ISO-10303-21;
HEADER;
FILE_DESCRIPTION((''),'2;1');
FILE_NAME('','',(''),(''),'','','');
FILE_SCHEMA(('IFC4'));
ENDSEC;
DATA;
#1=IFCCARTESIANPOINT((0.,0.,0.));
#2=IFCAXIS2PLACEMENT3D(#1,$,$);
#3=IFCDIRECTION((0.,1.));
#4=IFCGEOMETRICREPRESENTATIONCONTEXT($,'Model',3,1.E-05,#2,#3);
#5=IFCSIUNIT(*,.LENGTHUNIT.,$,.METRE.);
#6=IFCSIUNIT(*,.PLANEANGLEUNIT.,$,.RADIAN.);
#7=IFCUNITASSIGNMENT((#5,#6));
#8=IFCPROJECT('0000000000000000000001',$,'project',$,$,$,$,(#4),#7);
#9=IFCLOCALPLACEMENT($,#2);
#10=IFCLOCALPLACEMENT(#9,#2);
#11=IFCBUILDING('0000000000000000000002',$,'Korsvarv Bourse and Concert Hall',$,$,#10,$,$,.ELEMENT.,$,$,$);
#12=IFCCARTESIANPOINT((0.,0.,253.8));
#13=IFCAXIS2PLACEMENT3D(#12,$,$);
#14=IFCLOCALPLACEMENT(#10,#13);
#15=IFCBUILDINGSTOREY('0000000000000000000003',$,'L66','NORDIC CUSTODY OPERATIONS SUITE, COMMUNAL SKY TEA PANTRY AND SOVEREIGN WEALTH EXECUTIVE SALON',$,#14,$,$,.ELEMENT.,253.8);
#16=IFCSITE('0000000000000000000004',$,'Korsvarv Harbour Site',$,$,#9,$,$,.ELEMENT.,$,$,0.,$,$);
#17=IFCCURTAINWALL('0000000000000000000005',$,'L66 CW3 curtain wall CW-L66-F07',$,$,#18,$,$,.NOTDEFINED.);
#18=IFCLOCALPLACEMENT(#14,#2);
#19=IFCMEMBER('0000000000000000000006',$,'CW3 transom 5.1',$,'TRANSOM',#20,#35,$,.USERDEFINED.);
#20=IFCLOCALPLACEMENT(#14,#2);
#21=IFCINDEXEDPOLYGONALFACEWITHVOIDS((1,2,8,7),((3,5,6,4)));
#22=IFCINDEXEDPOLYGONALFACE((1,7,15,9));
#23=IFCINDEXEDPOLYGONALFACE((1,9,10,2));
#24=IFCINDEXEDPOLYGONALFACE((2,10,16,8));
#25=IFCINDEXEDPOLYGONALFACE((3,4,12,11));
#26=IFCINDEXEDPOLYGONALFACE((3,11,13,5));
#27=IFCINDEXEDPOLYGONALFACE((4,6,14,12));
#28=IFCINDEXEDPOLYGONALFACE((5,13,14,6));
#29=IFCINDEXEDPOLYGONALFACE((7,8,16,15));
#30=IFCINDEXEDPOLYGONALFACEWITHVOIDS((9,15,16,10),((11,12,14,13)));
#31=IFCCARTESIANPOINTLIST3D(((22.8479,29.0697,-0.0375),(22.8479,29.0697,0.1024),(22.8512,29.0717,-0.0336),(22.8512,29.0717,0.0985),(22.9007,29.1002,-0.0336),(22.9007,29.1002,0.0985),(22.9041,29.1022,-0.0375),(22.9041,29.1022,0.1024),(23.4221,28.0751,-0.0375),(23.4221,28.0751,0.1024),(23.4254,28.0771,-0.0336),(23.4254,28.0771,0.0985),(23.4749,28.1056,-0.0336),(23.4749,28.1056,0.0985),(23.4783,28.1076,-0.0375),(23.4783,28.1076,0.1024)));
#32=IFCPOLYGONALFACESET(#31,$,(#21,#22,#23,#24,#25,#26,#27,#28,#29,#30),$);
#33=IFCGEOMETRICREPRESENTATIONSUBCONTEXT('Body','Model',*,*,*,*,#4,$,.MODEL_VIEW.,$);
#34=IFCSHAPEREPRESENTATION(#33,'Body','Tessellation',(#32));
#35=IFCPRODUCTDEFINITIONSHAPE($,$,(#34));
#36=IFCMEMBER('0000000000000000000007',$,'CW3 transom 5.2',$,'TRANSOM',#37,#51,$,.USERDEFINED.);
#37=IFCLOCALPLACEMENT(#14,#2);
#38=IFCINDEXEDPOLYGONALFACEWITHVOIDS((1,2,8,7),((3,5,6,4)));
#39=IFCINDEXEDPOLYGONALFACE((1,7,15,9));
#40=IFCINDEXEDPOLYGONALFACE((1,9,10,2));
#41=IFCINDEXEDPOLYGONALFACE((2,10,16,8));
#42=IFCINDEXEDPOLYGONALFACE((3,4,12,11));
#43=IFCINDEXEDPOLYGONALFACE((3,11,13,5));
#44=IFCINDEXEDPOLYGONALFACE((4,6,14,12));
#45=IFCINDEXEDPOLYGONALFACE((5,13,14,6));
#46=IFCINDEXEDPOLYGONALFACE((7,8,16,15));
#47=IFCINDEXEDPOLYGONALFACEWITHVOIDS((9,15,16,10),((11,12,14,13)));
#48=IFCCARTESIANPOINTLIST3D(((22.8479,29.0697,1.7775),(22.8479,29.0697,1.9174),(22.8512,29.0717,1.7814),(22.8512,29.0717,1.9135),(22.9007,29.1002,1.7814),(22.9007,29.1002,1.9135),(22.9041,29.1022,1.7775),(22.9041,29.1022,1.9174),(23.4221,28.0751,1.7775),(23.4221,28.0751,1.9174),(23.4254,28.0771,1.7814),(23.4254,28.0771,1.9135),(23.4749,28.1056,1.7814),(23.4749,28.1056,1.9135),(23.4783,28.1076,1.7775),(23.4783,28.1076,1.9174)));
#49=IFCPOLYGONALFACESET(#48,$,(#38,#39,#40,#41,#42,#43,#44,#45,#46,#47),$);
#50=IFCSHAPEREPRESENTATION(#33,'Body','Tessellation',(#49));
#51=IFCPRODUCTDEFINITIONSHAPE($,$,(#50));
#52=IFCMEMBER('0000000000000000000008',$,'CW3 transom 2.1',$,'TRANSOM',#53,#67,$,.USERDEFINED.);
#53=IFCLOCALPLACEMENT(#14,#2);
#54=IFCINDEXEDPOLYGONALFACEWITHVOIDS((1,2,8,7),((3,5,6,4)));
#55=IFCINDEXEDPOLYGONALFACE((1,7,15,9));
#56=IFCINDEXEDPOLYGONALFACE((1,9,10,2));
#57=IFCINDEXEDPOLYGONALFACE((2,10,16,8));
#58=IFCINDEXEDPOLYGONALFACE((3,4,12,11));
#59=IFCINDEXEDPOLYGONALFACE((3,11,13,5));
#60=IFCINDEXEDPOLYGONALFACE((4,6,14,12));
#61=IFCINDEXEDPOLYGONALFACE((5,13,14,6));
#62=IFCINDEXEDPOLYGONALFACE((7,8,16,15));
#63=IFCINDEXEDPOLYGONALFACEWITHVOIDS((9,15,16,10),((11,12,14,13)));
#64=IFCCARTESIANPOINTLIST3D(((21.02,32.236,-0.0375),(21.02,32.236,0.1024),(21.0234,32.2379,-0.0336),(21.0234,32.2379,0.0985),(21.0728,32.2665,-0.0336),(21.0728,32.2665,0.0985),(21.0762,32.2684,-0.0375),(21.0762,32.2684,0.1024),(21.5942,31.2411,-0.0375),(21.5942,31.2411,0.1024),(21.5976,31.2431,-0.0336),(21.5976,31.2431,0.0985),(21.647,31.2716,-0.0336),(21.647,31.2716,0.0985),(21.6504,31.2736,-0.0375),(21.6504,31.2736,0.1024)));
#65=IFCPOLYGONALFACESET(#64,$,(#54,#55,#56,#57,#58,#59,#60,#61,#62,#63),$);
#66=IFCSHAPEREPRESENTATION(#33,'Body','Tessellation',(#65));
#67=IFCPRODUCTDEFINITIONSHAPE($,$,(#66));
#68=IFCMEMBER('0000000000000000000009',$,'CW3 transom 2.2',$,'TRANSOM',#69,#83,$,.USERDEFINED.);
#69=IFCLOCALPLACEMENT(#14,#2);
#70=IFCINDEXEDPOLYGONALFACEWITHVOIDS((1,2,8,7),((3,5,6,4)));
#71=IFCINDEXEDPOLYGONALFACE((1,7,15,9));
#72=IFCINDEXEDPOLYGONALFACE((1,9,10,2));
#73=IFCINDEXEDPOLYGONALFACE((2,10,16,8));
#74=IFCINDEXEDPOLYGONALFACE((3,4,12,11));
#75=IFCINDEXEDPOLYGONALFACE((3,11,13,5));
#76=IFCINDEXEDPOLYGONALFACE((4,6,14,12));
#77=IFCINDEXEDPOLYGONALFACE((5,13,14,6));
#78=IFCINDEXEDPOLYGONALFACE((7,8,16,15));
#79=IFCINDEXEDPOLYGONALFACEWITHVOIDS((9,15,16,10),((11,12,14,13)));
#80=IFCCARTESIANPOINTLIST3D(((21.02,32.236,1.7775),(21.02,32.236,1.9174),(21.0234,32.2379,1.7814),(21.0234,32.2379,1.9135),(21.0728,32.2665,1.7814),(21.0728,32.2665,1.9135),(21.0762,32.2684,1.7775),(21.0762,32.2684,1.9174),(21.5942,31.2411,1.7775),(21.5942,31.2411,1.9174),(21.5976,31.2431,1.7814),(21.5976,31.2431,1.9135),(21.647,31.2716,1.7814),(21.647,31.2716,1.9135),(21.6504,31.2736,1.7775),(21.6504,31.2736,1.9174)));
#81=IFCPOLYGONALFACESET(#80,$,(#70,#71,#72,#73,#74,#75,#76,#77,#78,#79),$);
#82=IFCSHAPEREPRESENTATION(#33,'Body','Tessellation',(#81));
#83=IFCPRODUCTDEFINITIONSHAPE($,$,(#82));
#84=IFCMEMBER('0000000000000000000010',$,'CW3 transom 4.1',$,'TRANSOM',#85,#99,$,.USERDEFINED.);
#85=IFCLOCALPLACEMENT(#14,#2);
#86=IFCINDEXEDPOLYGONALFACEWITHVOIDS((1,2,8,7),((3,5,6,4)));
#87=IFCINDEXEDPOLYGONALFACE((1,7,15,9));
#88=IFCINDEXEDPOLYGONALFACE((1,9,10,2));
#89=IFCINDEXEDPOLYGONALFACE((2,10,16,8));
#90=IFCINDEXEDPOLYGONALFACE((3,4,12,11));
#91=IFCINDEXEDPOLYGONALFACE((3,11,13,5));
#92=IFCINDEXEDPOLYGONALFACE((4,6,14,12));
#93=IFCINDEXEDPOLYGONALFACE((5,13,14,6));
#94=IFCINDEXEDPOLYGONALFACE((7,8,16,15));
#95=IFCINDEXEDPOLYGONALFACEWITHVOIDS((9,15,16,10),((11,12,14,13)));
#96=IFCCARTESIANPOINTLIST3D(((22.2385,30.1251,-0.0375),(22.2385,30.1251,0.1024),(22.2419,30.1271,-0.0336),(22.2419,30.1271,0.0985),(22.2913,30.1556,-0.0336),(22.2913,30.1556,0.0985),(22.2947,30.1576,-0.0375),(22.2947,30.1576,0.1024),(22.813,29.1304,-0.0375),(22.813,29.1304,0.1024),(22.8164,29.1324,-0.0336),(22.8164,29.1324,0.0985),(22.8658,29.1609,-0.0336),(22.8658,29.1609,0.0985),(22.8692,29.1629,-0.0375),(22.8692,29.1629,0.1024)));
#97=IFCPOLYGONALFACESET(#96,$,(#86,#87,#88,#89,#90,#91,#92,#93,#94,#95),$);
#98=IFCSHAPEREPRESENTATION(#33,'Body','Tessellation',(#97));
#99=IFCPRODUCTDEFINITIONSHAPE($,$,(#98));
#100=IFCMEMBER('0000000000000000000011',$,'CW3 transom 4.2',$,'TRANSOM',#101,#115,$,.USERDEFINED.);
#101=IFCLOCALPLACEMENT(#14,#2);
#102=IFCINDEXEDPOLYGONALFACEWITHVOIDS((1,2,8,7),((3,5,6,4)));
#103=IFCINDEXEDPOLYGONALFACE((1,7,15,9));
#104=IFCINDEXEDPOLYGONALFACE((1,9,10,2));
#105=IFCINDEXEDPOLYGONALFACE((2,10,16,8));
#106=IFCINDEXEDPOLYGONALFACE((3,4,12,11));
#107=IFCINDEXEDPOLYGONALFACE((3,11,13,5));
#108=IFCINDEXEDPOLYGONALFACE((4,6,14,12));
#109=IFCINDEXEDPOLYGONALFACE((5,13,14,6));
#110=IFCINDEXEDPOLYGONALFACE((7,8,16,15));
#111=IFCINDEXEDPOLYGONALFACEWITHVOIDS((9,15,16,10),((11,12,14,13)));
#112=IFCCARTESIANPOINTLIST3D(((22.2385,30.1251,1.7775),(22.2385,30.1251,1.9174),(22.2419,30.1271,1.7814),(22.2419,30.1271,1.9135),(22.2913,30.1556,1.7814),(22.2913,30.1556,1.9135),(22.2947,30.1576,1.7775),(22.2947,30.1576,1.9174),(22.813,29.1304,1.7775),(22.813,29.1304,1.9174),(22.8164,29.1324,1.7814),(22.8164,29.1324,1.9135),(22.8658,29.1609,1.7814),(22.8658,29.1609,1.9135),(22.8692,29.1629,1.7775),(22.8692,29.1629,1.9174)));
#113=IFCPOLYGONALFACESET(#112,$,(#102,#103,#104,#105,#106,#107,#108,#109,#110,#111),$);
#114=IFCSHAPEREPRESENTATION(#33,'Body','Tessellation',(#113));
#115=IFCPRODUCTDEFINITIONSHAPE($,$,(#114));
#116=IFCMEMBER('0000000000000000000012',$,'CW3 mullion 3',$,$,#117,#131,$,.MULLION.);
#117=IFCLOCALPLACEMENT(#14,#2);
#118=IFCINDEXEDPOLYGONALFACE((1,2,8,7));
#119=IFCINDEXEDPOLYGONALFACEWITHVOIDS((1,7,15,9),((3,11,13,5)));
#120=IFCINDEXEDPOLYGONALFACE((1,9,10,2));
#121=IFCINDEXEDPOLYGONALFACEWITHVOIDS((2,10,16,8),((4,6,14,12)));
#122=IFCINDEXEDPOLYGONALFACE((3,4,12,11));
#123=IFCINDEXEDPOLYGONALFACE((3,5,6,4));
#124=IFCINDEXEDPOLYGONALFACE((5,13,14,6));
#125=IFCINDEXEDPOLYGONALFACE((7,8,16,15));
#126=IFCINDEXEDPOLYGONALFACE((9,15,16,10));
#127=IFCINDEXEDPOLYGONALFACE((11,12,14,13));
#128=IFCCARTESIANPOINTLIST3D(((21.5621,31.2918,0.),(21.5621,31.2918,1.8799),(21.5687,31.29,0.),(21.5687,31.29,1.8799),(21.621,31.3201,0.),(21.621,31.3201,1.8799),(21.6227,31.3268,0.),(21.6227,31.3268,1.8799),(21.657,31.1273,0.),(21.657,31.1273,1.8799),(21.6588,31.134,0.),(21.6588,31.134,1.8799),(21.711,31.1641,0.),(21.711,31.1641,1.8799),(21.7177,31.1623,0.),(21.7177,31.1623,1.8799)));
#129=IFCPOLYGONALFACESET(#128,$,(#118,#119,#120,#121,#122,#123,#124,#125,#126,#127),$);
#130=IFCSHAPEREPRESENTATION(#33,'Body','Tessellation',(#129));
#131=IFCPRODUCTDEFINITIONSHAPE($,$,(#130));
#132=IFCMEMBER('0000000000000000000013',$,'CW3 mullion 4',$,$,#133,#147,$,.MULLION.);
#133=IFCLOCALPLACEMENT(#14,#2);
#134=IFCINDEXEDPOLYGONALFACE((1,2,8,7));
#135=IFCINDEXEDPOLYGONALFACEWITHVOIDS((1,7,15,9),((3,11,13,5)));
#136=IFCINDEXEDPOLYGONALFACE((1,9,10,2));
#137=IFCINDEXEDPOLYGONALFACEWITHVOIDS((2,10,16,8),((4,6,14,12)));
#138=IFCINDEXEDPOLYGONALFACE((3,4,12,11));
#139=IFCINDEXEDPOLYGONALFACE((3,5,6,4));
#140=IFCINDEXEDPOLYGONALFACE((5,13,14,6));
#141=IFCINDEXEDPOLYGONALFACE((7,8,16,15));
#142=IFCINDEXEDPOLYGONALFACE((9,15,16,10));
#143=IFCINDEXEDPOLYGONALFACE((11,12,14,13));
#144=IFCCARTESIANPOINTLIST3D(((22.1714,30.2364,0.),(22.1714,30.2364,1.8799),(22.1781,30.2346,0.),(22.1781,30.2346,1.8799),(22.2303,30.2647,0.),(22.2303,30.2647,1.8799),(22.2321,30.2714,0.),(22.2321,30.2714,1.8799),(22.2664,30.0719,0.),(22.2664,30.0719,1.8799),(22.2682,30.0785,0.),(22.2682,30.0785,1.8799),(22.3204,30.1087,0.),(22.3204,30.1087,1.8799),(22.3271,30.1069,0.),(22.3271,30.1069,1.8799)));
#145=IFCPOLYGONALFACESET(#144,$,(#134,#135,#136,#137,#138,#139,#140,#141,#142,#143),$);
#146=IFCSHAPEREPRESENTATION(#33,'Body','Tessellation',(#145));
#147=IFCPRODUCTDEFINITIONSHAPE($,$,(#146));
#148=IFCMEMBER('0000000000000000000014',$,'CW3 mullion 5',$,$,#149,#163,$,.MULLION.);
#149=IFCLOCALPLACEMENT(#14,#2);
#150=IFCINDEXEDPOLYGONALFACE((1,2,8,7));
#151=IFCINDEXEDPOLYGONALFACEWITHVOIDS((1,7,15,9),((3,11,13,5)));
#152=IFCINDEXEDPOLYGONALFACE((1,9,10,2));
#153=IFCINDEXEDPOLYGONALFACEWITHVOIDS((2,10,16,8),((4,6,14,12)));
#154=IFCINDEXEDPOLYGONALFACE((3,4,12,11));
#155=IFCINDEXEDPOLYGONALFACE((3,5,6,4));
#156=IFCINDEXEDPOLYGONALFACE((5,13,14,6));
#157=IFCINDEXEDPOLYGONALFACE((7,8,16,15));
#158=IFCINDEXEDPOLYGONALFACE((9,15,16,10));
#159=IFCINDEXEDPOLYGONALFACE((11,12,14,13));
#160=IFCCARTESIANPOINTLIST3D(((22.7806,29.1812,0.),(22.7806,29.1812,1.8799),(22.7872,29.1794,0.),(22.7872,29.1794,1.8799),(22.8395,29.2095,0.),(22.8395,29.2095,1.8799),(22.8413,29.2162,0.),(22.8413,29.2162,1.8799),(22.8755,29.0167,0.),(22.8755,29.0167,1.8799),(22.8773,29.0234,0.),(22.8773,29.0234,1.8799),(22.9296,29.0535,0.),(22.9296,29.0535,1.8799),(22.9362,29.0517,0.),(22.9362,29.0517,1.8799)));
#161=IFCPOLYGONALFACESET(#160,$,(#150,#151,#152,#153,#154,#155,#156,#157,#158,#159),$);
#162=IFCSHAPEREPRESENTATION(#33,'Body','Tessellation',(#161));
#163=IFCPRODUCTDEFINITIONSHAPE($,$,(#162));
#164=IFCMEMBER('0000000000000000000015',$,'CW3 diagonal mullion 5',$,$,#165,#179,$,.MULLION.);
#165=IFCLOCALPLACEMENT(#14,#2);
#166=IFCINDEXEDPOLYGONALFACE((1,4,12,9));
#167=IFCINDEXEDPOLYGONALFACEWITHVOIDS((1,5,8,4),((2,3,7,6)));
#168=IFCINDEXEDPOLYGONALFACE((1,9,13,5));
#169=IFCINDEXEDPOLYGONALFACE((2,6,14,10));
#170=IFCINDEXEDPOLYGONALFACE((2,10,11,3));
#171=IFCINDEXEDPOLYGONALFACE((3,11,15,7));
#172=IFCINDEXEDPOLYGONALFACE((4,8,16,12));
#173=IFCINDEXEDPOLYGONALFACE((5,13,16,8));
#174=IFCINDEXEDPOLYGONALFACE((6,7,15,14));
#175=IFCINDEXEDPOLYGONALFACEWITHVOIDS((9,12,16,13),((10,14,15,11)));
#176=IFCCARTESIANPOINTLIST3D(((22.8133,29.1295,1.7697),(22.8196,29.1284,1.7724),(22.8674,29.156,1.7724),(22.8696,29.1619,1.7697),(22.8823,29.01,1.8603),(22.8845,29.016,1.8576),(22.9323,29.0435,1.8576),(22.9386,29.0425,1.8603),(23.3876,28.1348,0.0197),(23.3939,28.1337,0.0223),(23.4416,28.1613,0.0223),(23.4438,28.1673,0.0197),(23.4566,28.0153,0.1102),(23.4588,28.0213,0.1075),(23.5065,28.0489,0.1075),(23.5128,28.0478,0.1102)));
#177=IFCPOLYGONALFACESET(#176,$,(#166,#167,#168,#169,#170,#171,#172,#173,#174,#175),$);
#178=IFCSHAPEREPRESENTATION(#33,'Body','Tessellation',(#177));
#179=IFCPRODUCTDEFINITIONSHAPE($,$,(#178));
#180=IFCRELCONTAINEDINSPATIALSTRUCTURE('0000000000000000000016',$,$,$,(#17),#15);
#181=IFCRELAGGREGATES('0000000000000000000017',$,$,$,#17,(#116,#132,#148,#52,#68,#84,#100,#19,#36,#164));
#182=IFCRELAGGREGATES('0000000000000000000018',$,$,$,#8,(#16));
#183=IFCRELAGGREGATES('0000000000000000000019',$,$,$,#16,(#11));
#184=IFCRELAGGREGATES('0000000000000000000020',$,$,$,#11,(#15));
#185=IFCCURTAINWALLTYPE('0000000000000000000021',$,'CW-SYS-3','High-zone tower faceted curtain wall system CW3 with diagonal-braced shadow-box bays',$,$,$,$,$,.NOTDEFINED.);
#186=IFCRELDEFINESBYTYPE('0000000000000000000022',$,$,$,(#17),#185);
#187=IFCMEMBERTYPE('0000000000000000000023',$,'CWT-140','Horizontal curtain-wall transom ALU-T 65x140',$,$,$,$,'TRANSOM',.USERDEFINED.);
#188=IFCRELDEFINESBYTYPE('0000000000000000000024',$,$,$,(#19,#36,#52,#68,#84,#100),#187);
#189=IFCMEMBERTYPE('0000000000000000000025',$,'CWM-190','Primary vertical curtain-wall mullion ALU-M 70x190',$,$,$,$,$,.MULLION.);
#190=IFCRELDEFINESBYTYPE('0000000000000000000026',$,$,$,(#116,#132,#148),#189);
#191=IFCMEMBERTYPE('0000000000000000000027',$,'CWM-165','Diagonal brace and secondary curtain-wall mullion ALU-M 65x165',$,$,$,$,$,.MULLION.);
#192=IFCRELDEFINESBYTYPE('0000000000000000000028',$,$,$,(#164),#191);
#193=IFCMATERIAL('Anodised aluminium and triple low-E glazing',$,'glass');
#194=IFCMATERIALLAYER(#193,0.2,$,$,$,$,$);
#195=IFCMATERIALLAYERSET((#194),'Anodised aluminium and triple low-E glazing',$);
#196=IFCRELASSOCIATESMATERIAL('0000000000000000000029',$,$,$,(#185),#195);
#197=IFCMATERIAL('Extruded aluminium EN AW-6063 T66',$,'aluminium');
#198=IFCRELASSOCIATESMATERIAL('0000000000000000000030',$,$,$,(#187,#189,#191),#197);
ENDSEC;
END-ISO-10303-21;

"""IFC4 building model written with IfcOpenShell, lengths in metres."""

from ifc_helpers import new_model, si_unit, direction, frame, origin, origin_2d, place, context, subcontext, project, spatial, hollow_rectangle, extrude, source, transform, mapped, material, layer, layer_set, material_profile, profile_set, type_object, element, aggregate, save


model = new_model("IFC4")

# Units and contexts
model_context = context("Model", 3, precision=1e-05, world=origin(), true_north=direction((0.0, 1.0)))
body_context = subcontext(model_context, "Body", "Model", "MODEL_VIEW")
ifc_project = project(units=[si_unit("LENGTHUNIT", "METRE"), si_unit("PLANEANGLEUNIT", "RADIAN")], contexts=[model_context])

# Site, building, storey
site_placement = place(None, origin())
site = spatial("IfcSite", under=ifc_project, at=site_placement, Name="Korsvarv Harbour Site", CompositionType="ELEMENT", RefElevation=0.0)
building_placement = place(site_placement, origin())
building = spatial("IfcBuilding", under=site, at=building_placement, Name="Korsvarv Bourse and Concert Hall", CompositionType="ELEMENT")
storey_placement = place(building_placement, frame((0.0, 0.0, 253.8)))
storey = spatial("IfcBuildingStorey", under=building, at=storey_placement, Name="L66", Description="NORDIC CUSTODY OPERATIONS SUITE, COMMUNAL SKY TEA PANTRY AND SOVEREIGN WEALTH EXECUTIVE SALON", CompositionType="ELEMENT", Elevation=253.8)

# Curtain wall, members
ifc_material_1 = material(Name="Anodised aluminium and triple low-E glazing", Category="glass")
ifc_layer_1 = layer(ifc_material_1, 0.2)
ifc_layer_set_1 = layer_set([ifc_layer_1], Name="Anodised aluminium and triple low-E glazing")
curtain_wall_type = type_object("IfcCurtainWallType", Name="CW-SYS-3", Description="High-zone tower faceted curtain wall system CW3 with diagonal-braced shadow-box bays", PredefinedType="NOTDEFINED", material=ifc_layer_set_1)
curtain_wall_placement = place(storey_placement, origin())
curtain_wall = element("IfcCurtainWall", 1, at=curtain_wall_placement, inside=storey, type_object=curtain_wall_type, Name="L66 CW3 curtain wall CW-L66-F07", PredefinedType="NOTDEFINED")
ifc_material_2 = material(Name="Extruded aluminium EN AW-6063 T66", Category="aluminium")
ifc_material_profile_1 = material_profile(ifc_material_2, hollow_rectangle(XDim=0.0649, YDim=0.1399, WallThickness=0.0039, at=origin_2d()), Name="ALU-T 65x140")
ifc_profile_set_1 = profile_set([ifc_material_profile_1], Name="Extruded aluminium EN AW-6063 T66")
member_type_1 = type_object("IfcMemberType", Name="CWT-140", Description="Horizontal curtain-wall transom ALU-T 65x140", ElementType="TRANSOM", PredefinedType="USERDEFINED", material=ifc_profile_set_1)
shared_shape_1 = source(origin(), body_context, "Body", "SweptSolid", [
    extrude(hollow_rectangle(XDim=0.0649, YDim=0.1399, WallThickness=0.0039, at=origin_2d()), origin(), (0.0, 0.0, 1.0), 1.1484),
])
member_1_placement = place(storey_placement, frame((22.876, 29.0859, 0.0325), z_axis=(0.49998, -0.866037, 0.0), x_axis=(0.866037, 0.49998, 0.0)))
member_1 = element("IfcMember", 2, at=member_1_placement, type_object=member_type_1, Name="CW3 transom 5.1", ObjectType="TRANSOM", PredefinedType="USERDEFINED", context=body_context, shape_type="MappedRepresentation", body=[
    mapped(shared_shape_1, transform((0.0, 0.0, 0.0), scale=1.0)),
])
member_2_placement = place(storey_placement, frame((22.876, 29.0859, 1.8474), z_axis=(0.49998, -0.866037, 0.0), x_axis=(0.866037, 0.49998, 0.0)))
member_2 = element("IfcMember", 3, at=member_2_placement, type_object=member_type_1, Name="CW3 transom 5.2", ObjectType="TRANSOM", PredefinedType="USERDEFINED", context=body_context, shape_type="MappedRepresentation", body=[
    mapped(shared_shape_1, transform((0.0, 0.0, 0.0), scale=1.0)),
])
shared_shape_2 = source(origin(), body_context, "Body", "SweptSolid", [
    extrude(hollow_rectangle(XDim=0.0649, YDim=0.1399, WallThickness=0.0039, at=origin_2d()), origin(), (0.0, 0.0, 1.0), 1.1487),
])
member_3_placement = place(storey_placement, frame((21.0481, 32.2522, 0.0325), z_axis=(0.499888, -0.86609, 0.0), x_axis=(0.86609, 0.499888, 0.0)))
member_3 = element("IfcMember", 4, at=member_3_placement, type_object=member_type_1, Name="CW3 transom 2.1", ObjectType="TRANSOM", PredefinedType="USERDEFINED", context=body_context, shape_type="MappedRepresentation", body=[
    mapped(shared_shape_2, transform((0.0, 0.0, 0.0), scale=1.0)),
])
member_4_placement = place(storey_placement, frame((21.0481, 32.2522, 1.8474), z_axis=(0.499888, -0.86609, 0.0), x_axis=(0.86609, 0.499888, 0.0)))
member_4 = element("IfcMember", 5, at=member_4_placement, type_object=member_type_1, Name="CW3 transom 2.2", ObjectType="TRANSOM", PredefinedType="USERDEFINED", context=body_context, shape_type="MappedRepresentation", body=[
    mapped(shared_shape_2, transform((0.0, 0.0, 0.0), scale=1.0)),
])
member_5_placement = place(storey_placement, frame((22.2666, 30.1414, 0.0325), z_axis=(0.500139, -0.865945, 0.0), x_axis=(0.865945, 0.500139, 0.0)))
member_5 = element("IfcMember", 6, at=member_5_placement, type_object=member_type_1, Name="CW3 transom 4.1", ObjectType="TRANSOM", PredefinedType="USERDEFINED", context=body_context, shape_type="MappedRepresentation", body=[
    mapped(shared_shape_2, transform((0.0, 0.0, 0.0), scale=1.0)),
])
member_6_placement = place(storey_placement, frame((22.2666, 30.1414, 1.8474), z_axis=(0.500139, -0.865945, 0.0), x_axis=(0.865945, 0.500139, 0.0)))
member_6 = element("IfcMember", 7, at=member_6_placement, type_object=member_type_1, Name="CW3 transom 4.2", ObjectType="TRANSOM", PredefinedType="USERDEFINED", context=body_context, shape_type="MappedRepresentation", body=[
    mapped(shared_shape_2, transform((0.0, 0.0, 0.0), scale=1.0)),
])
ifc_material_profile_2 = material_profile(ifc_material_2, hollow_rectangle(XDim=0.0701, YDim=0.1899, WallThickness=0.0049, at=origin_2d()), Name="ALU-M 70x190")
ifc_profile_set_2 = profile_set([ifc_material_profile_2], Name="Extruded aluminium EN AW-6063 T66")
member_type_2 = type_object("IfcMemberType", Name="CWM-190", Description="Primary vertical curtain-wall mullion ALU-M 70x190", PredefinedType="MULLION", material=ifc_profile_set_2)
shared_shape_3 = source(origin(), body_context, "Body", "SweptSolid", [
    extrude(hollow_rectangle(XDim=0.0701, YDim=0.1899, WallThickness=0.0049, at=origin_2d()), origin(), (0.0, 0.0, 1.0), 1.8799),
])
member_7_placement = place(storey_placement, frame((21.6399, 31.2271, 0.0), z_axis=(0.0, 0.0, 1.0), x_axis=(0.866023, 0.500004, 0.0)))
member_7 = element("IfcMember", 8, at=member_7_placement, type_object=member_type_2, Name="CW3 mullion 3", PredefinedType="MULLION", context=body_context, shape_type="MappedRepresentation", body=[
    mapped(shared_shape_3, transform((0.0, 0.0, 0.0), scale=1.0)),
])
member_8_placement = place(storey_placement, frame((22.2493, 30.1716, 0.0), z_axis=(0.0, 0.0, 1.0), x_axis=(0.866023, 0.500004, 0.0)))
member_8 = element("IfcMember", 9, at=member_8_placement, type_object=member_type_2, Name="CW3 mullion 4", PredefinedType="MULLION", context=body_context, shape_type="MappedRepresentation", body=[
    mapped(shared_shape_3, transform((0.0, 0.0, 0.0), scale=1.0)),
])
member_9_placement = place(storey_placement, frame((22.8584, 29.1165, 0.0), z_axis=(0.0, 0.0, 1.0), x_axis=(0.866023, 0.500004, 0.0)))
member_9 = element("IfcMember", 10, at=member_9_placement, type_object=member_type_2, Name="CW3 mullion 5", PredefinedType="MULLION", context=body_context, shape_type="MappedRepresentation", body=[
    mapped(shared_shape_3, transform((0.0, 0.0, 0.0), scale=1.0)),
])
ifc_material_profile_3 = material_profile(ifc_material_2, hollow_rectangle(XDim=0.0649, YDim=0.165, WallThickness=0.0049, at=origin_2d()), Name="ALU-M 65x165")
ifc_profile_set_3 = profile_set([ifc_material_profile_3], Name="Extruded aluminium EN AW-6063 T66")
member_type_3 = type_object("IfcMemberType", Name="CWM-165", Description="Diagonal brace and secondary curtain-wall mullion ALU-M 65x165", PredefinedType="MULLION", material=ifc_profile_set_3)
shared_shape_4 = source(origin(), body_context, "Body", "SweptSolid", [
    extrude(hollow_rectangle(XDim=0.0649, YDim=0.165, WallThickness=0.0049, at=origin_2d()), origin(), (0.0, 0.0, 1.0), 2.0933),
])
member_10_placement = place(storey_placement, frame((23.4502, 28.0913, 0.0649), z_axis=(-0.274325, 0.47517, 0.836038), x_axis=(-0.866037, -0.49998, 0.0)))
member_10 = element("IfcMember", 11, at=member_10_placement, type_object=member_type_3, Name="CW3 diagonal mullion 5", PredefinedType="MULLION", context=body_context, shape_type="MappedRepresentation", body=[
    mapped(shared_shape_4, transform((0.0, 0.0, 0.0), scale=1.0)),
])

aggregate(curtain_wall, [member_7, member_8, member_9, member_3, member_4, member_5, member_6, member_1, member_2, member_10])

save(model, "model.ifc")
